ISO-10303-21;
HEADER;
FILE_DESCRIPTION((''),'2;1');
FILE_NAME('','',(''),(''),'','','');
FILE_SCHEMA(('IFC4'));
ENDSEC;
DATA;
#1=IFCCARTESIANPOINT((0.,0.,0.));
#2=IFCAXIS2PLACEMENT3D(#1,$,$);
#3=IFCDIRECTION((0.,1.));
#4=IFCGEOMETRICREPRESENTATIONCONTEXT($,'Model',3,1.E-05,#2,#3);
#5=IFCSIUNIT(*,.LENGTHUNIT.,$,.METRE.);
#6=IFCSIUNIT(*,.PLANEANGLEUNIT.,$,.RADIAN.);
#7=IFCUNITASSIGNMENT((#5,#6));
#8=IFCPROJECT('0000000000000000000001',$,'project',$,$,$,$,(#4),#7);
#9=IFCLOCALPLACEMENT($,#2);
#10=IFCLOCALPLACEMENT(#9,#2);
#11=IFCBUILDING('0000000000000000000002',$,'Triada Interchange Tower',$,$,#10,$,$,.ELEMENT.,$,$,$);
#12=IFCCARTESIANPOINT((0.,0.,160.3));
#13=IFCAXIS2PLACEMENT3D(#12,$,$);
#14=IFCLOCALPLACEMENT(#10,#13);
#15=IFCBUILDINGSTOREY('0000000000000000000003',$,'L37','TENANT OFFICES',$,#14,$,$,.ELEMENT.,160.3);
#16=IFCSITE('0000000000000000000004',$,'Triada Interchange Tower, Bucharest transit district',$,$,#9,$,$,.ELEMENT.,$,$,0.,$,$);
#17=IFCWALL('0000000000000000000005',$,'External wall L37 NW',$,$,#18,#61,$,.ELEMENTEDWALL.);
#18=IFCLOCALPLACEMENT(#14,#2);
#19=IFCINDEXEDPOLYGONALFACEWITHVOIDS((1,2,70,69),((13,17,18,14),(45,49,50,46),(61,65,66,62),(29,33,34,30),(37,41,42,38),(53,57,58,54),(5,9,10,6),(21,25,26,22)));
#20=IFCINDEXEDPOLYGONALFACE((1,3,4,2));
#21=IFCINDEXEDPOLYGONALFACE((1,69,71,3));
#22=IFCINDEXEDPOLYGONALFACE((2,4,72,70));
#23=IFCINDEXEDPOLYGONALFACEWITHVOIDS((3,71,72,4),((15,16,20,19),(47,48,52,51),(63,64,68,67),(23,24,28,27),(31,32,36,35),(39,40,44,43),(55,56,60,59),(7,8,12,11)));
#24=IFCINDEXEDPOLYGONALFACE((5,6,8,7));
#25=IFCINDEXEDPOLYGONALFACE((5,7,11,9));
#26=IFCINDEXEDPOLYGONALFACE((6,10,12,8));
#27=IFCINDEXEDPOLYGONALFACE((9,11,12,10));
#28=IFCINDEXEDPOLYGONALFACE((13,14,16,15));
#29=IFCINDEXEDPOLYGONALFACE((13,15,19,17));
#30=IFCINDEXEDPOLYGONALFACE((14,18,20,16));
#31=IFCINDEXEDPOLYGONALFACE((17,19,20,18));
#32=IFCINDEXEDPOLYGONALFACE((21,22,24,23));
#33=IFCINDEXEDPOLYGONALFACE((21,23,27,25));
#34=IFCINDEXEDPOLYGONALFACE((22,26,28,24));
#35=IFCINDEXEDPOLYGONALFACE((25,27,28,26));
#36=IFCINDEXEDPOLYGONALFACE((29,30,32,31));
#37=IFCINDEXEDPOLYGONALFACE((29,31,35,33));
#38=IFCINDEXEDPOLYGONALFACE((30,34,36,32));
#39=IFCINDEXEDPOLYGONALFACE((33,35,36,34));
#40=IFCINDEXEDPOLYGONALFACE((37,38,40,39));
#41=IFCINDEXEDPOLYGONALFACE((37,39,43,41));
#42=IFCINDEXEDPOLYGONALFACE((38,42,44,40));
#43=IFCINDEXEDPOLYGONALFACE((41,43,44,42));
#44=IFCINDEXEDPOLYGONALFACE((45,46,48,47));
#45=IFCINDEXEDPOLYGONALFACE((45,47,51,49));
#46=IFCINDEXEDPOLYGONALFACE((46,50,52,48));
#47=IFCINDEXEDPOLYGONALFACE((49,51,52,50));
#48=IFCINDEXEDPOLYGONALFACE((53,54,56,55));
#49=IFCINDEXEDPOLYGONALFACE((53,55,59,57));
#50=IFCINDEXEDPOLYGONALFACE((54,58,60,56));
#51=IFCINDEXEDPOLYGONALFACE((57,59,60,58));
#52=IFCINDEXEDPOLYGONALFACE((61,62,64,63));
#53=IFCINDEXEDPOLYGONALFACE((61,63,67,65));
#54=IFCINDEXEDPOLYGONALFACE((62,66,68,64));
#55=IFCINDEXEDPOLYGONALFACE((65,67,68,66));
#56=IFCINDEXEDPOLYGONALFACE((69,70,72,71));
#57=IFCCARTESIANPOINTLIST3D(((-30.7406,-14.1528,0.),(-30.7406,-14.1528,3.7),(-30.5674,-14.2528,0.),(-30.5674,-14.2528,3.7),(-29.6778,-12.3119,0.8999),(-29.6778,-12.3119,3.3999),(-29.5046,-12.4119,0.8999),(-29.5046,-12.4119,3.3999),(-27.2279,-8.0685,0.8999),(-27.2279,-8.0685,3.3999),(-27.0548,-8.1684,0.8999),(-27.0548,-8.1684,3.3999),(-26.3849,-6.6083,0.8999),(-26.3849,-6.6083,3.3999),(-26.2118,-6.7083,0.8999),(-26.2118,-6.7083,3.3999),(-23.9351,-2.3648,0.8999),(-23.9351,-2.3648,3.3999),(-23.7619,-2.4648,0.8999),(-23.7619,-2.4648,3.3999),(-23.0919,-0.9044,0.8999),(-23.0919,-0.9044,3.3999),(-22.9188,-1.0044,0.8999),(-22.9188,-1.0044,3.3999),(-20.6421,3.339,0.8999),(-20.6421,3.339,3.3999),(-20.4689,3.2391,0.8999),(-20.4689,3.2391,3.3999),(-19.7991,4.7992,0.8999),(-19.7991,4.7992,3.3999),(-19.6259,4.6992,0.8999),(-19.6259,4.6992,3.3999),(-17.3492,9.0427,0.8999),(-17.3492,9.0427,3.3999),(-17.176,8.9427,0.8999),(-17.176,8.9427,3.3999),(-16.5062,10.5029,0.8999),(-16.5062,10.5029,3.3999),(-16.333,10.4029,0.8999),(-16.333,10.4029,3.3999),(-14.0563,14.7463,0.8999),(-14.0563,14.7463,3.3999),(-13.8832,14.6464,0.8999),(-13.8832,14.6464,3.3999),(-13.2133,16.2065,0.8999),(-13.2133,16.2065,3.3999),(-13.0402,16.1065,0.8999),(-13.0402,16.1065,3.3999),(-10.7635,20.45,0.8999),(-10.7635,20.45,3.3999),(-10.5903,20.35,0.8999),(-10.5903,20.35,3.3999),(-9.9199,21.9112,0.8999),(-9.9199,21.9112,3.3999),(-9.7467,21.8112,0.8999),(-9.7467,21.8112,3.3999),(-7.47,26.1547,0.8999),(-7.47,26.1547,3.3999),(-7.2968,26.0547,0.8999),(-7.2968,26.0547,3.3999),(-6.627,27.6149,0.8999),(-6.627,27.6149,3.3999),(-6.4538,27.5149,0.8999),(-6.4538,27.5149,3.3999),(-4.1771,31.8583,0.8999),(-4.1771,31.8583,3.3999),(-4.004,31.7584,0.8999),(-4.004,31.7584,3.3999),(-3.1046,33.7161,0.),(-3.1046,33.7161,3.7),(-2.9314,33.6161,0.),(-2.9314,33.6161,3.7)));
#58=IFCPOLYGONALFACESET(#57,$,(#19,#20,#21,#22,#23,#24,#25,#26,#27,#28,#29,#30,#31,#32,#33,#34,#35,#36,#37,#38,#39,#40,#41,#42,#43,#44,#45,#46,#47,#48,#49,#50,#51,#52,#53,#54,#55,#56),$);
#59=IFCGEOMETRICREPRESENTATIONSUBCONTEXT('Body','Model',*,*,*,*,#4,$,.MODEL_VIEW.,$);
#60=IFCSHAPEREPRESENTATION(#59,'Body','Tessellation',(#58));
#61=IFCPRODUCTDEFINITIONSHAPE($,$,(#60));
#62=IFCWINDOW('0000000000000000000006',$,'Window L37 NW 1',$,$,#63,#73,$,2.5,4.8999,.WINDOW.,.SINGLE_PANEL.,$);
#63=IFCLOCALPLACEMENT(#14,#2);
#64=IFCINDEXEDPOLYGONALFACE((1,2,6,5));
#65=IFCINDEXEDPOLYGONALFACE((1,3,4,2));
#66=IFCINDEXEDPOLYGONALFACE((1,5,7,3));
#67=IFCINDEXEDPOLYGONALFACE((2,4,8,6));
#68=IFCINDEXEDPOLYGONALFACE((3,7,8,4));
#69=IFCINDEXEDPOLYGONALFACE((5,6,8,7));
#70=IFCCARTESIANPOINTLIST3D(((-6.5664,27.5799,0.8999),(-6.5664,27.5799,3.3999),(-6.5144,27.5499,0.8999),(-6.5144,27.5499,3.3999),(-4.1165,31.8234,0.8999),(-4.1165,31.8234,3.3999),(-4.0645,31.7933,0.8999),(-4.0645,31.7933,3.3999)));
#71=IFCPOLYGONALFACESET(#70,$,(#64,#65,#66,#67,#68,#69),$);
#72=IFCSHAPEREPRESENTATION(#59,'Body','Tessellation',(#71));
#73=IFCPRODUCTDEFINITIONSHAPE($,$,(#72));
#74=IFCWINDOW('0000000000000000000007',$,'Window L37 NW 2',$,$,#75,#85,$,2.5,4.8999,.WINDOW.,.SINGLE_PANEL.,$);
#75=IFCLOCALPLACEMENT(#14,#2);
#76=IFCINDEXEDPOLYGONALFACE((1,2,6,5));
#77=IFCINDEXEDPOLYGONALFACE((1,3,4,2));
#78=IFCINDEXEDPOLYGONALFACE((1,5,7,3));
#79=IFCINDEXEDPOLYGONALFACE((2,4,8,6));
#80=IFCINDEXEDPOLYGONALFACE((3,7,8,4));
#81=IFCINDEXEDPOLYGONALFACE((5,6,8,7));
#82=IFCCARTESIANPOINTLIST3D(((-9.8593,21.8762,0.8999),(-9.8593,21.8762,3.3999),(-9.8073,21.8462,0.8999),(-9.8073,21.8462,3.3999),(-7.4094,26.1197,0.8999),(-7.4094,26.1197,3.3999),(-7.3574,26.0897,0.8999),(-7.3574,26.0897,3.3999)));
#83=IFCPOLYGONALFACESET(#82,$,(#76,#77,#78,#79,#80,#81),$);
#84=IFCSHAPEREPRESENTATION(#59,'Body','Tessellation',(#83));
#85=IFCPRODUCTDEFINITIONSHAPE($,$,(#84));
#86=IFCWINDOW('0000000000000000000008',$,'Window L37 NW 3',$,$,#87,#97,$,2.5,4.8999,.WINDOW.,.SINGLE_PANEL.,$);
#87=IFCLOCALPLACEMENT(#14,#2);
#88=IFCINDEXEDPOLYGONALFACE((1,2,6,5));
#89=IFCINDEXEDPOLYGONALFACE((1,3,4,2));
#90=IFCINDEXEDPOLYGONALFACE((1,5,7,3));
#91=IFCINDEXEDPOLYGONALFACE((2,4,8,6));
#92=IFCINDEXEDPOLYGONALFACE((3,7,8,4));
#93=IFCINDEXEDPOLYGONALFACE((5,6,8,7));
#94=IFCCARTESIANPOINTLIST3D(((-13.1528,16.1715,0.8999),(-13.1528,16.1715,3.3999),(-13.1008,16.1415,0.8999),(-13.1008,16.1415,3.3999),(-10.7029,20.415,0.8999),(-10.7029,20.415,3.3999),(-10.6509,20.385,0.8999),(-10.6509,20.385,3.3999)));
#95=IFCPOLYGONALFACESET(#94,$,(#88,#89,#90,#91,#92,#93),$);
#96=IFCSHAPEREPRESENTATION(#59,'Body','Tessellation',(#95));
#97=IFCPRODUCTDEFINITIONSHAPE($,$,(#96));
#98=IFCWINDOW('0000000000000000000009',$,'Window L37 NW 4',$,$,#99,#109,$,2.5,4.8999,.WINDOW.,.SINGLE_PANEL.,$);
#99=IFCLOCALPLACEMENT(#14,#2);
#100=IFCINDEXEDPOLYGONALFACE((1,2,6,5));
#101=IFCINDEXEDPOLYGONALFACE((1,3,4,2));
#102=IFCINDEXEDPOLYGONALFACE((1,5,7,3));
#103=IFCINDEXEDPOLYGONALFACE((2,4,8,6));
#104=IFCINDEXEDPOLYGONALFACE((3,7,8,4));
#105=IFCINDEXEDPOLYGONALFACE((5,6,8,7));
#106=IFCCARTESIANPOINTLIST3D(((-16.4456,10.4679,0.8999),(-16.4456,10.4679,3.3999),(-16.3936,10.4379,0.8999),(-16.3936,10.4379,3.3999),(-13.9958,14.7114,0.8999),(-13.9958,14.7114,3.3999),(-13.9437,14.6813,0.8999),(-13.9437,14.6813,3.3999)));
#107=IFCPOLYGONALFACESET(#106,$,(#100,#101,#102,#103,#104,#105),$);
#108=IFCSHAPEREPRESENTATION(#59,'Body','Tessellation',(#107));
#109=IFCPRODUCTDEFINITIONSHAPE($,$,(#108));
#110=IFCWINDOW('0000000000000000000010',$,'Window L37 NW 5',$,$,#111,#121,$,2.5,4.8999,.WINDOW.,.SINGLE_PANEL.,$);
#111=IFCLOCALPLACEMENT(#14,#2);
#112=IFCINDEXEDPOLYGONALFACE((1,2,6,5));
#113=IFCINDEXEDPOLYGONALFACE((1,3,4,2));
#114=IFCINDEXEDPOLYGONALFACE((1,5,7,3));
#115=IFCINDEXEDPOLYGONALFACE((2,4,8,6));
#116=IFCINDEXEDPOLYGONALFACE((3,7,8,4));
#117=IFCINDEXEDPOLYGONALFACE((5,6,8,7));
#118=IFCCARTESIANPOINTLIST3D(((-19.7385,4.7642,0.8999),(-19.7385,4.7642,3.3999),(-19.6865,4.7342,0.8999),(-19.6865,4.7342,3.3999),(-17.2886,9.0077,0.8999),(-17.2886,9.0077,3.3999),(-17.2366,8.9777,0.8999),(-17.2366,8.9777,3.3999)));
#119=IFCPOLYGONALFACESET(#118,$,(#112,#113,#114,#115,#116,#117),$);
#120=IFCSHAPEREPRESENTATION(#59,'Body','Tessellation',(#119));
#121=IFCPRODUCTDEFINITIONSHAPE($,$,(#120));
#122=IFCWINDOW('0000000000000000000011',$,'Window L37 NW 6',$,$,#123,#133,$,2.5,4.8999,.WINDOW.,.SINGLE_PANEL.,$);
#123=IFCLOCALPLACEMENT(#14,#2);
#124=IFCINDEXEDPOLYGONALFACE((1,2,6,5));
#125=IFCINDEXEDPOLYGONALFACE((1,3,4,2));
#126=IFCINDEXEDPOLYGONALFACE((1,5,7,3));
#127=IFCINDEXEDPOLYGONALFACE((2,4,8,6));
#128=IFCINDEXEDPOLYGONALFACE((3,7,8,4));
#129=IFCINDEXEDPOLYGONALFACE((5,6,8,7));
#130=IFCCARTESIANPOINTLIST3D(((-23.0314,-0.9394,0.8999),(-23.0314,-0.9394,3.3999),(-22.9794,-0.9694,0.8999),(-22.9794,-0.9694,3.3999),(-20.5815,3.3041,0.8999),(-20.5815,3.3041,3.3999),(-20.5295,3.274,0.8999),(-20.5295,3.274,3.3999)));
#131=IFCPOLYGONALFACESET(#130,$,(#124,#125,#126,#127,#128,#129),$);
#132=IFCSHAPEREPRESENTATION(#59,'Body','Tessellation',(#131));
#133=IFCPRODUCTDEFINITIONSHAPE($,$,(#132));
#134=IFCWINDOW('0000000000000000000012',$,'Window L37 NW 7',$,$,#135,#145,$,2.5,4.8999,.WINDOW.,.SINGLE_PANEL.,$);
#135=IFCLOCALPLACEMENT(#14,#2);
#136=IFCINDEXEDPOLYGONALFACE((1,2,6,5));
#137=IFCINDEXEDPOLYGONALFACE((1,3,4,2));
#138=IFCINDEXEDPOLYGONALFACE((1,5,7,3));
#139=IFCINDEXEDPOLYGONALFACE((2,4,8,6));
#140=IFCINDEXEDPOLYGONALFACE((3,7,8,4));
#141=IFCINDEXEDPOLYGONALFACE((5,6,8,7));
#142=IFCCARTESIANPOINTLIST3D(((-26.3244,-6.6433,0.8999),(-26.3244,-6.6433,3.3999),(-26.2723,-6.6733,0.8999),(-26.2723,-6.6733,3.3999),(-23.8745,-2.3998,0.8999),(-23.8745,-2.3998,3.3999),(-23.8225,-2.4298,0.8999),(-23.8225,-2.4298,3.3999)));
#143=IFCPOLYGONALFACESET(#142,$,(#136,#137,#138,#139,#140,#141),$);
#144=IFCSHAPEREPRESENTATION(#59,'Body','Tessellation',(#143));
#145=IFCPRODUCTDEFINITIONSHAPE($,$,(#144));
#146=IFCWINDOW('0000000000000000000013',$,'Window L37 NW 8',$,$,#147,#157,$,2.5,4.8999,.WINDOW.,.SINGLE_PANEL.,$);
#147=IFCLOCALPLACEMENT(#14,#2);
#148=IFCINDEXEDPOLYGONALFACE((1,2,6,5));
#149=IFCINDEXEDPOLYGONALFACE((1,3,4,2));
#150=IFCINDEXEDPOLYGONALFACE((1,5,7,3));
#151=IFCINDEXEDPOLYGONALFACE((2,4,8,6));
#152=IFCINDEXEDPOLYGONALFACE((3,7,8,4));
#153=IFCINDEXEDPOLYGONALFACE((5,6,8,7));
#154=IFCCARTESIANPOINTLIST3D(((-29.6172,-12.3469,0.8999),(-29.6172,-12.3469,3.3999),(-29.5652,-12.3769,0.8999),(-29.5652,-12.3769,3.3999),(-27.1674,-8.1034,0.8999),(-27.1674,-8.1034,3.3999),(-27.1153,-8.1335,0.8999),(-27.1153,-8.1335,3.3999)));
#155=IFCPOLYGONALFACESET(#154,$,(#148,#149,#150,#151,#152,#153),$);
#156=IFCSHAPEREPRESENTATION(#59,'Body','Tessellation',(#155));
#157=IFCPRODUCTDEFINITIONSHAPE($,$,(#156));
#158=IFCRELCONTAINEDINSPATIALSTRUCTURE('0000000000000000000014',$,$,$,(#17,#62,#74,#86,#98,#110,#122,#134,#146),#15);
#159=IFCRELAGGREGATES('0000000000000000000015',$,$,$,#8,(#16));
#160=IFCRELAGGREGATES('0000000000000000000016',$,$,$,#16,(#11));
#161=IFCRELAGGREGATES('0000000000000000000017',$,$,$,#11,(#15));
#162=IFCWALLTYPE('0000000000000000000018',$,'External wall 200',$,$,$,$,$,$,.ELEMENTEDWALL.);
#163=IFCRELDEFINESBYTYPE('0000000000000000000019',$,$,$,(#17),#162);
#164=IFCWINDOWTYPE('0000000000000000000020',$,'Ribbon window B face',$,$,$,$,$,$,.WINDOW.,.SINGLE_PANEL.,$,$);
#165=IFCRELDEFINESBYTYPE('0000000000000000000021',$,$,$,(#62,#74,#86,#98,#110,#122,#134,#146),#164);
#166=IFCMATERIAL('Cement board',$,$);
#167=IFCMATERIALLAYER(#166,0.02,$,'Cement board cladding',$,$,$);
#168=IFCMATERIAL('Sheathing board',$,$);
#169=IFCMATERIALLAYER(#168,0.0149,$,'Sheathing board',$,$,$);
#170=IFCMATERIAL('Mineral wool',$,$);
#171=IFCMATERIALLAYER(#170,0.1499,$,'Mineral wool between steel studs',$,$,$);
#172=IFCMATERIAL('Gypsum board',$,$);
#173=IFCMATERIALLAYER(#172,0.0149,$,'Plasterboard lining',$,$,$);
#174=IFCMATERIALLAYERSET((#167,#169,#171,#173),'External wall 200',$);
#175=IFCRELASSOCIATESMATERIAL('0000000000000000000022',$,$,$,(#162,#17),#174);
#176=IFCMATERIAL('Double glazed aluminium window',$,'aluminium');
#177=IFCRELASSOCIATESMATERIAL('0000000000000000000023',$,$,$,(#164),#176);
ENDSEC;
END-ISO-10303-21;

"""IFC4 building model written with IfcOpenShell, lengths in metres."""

from ifc_helpers import new_model, si_unit, direction, frame, frame_2d, origin, place, context, subcontext, project, spatial, rectangle, extrude, material, layer, layer_set, layer_usage, type_object, element, fill, save


model = new_model("IFC4")

# Units and contexts
model_context = context("Model", 3, precision=1e-05, world=origin(), true_north=direction((0.0, 1.0)))
body_context = subcontext(model_context, "Body", "Model", "MODEL_VIEW")
ifc_project = project(units=[si_unit("LENGTHUNIT", "METRE"), si_unit("PLANEANGLEUNIT", "RADIAN")], contexts=[model_context])

# Site, building, storey
site_placement = place(None, origin())
site = spatial("IfcSite", under=ifc_project, at=site_placement, Name="Triada Interchange Tower, Bucharest transit district", CompositionType="ELEMENT", RefElevation=0.0)
building_placement = place(site_placement, origin())
building = spatial("IfcBuilding", under=site, at=building_placement, Name="Triada Interchange Tower", CompositionType="ELEMENT")
storey_placement = place(building_placement, frame((0.0, 0.0, 160.3)))
storey = spatial("IfcBuildingStorey", under=building, at=storey_placement, Name="L37", Description="TENANT OFFICES", CompositionType="ELEMENT", Elevation=160.3)

# Wall, openings, windows
ifc_material_1 = material(Name="Cement board")
ifc_layer_1 = layer(ifc_material_1, 0.02, Name="Cement board cladding")
ifc_material_2 = material(Name="Sheathing board")
ifc_layer_2 = layer(ifc_material_2, 0.0149, Name="Sheathing board")
ifc_material_3 = material(Name="Mineral wool")
ifc_layer_3 = layer(ifc_material_3, 0.1499, Name="Mineral wool between steel studs")
ifc_material_4 = material(Name="Gypsum board")
ifc_layer_4 = layer(ifc_material_4, 0.0149, Name="Plasterboard lining")
ifc_layer_set_1 = layer_set([ifc_layer_1, ifc_layer_2, ifc_layer_3, ifc_layer_4], Name="External wall 200")
ifc_layer_usage = layer_usage(ifc_layer_set_1, "AXIS2", "POSITIVE", -0.1001)
wall_type_1 = type_object("IfcWallType", Name="External wall 200", PredefinedType="ELEMENTEDWALL", material=ifc_layer_set_1)
wall_1_placement = place(storey_placement, frame((-3.0181, 33.666, 0.0), z_axis=(0.0, 0.0, 1.0), x_axis=(-0.499985, -0.866034, 0.0)))
wall_1 = element("IfcWall", 1, at=wall_1_placement, inside=storey, type_object=wall_type_1, material=ifc_layer_usage, Name="External wall L37 NW", PredefinedType="ELEMENTEDWALL", context=body_context, shape_type="SweptSolid", body=[
    extrude(rectangle(XDim=55.2737, YDim=0.2, at=frame_2d((27.6367, 0.0))), origin(), (0.0, 0.0, 1.0), 3.7),
])
opening_1_placement = place(wall_1_placement, frame((2.145, 0.0, 0.8999)))
opening_1 = element("IfcOpeningElement", 2, at=opening_1_placement, cuts=wall_1, PredefinedType="OPENING", context=body_context, shape_type="SweptSolid", body=[
    extrude(rectangle(XDim=4.8999, YDim=2.5, at=frame_2d((2.45, 1.25))), frame((0.0, 0.1099, 0.0), z_axis=(0.0, -1.0, 0.0), x_axis=(1.0, 0.0, 0.0)), (0.0, 0.0, 1.0), 0.22),
])
opening_2_placement = place(wall_1_placement, frame((8.731, 0.0, 0.8999)))
opening_2 = element("IfcOpeningElement", 3, at=opening_2_placement, cuts=wall_1, PredefinedType="OPENING", context=body_context, shape_type="SweptSolid", body=[
    extrude(rectangle(XDim=4.8999, YDim=2.5, at=frame_2d((2.45, 1.25))), frame((0.0, 0.1099, 0.0), z_axis=(0.0, -1.0, 0.0), x_axis=(1.0, 0.0, 0.0)), (0.0, 0.0, 1.0), 0.22),
])
opening_3_placement = place(wall_1_placement, frame((15.3181, 0.0, 0.8999)))
opening_3 = element("IfcOpeningElement", 4, at=opening_3_placement, cuts=wall_1, PredefinedType="OPENING", context=body_context, shape_type="SweptSolid", body=[
    extrude(rectangle(XDim=4.8999, YDim=2.5, at=frame_2d((2.45, 1.25))), frame((0.0, 0.1099, 0.0), z_axis=(0.0, -1.0, 0.0), x_axis=(1.0, 0.0, 0.0)), (0.0, 0.0, 1.0), 0.22),
])
opening_4_placement = place(wall_1_placement, frame((21.9041, 0.0, 0.8999)))
opening_4 = element("IfcOpeningElement", 5, at=opening_4_placement, cuts=wall_1, PredefinedType="OPENING", context=body_context, shape_type="SweptSolid", body=[
    extrude(rectangle(XDim=4.8999, YDim=2.5, at=frame_2d((2.45, 1.25))), frame((0.0, 0.1099, 0.0), z_axis=(0.0, -1.0, 0.0), x_axis=(1.0, 0.0, 0.0)), (0.0, 0.0, 1.0), 0.22),
])
opening_5_placement = place(wall_1_placement, frame((28.49, 0.0, 0.8999)))
opening_5 = element("IfcOpeningElement", 6, at=opening_5_placement, cuts=wall_1, PredefinedType="OPENING", context=body_context, shape_type="SweptSolid", body=[
    extrude(rectangle(XDim=4.8999, YDim=2.5, at=frame_2d((2.45, 1.25))), frame((0.0, 0.1099, 0.0), z_axis=(0.0, -1.0, 0.0), x_axis=(1.0, 0.0, 0.0)), (0.0, 0.0, 1.0), 0.22),
])
opening_6_placement = place(wall_1_placement, frame((35.0759, 0.0, 0.8999)))
opening_6 = element("IfcOpeningElement", 7, at=opening_6_placement, cuts=wall_1, PredefinedType="OPENING", context=body_context, shape_type="SweptSolid", body=[
    extrude(rectangle(XDim=4.8999, YDim=2.5, at=frame_2d((2.45, 1.25))), frame((0.0, 0.1099, 0.0), z_axis=(0.0, -1.0, 0.0), x_axis=(1.0, 0.0, 0.0)), (0.0, 0.0, 1.0), 0.22),
])
opening_7_placement = place(wall_1_placement, frame((41.6621, 0.0, 0.8999)))
opening_7 = element("IfcOpeningElement", 8, at=opening_7_placement, cuts=wall_1, PredefinedType="OPENING", context=body_context, shape_type="SweptSolid", body=[
    extrude(rectangle(XDim=4.8999, YDim=2.5, at=frame_2d((2.45, 1.25))), frame((0.0, 0.1099, 0.0), z_axis=(0.0, -1.0, 0.0), x_axis=(1.0, 0.0, 0.0)), (0.0, 0.0, 1.0), 0.22),
])
opening_8_placement = place(wall_1_placement, frame((48.248, 0.0, 0.8999)))
opening_8 = element("IfcOpeningElement", 9, at=opening_8_placement, cuts=wall_1, PredefinedType="OPENING", context=body_context, shape_type="SweptSolid", body=[
    extrude(rectangle(XDim=4.8999, YDim=2.5, at=frame_2d((2.45, 1.25))), frame((0.0, 0.1099, 0.0), z_axis=(0.0, -1.0, 0.0), x_axis=(1.0, 0.0, 0.0)), (0.0, 0.0, 1.0), 0.22),
])
ifc_material_5 = material(Name="Double glazed aluminium window", Category="aluminium")
window_type = type_object("IfcWindowType", Name="Ribbon window B face", PartitioningType="SINGLE_PANEL", PredefinedType="WINDOW", material=ifc_material_5)
window_1_placement = place(opening_1_placement, origin())
window_1 = element("IfcWindow", 10, at=window_1_placement, inside=storey, type_object=window_type, Name="Window L37 NW 1", OverallHeight=2.5, OverallWidth=4.8999, PartitioningType="SINGLE_PANEL", PredefinedType="WINDOW", context=body_context, shape_type="SweptSolid", body=[
    extrude(rectangle(XDim=4.8999, YDim=2.5, at=frame_2d((2.45, 1.25))), frame((0.0, 0.03, 0.0), z_axis=(0.0, -1.0, 0.0), x_axis=(1.0, 0.0, 0.0)), (0.0, 0.0, 1.0), 0.0601),
])
fill(opening_1, window_1)
window_2_placement = place(opening_2_placement, origin())
window_2 = element("IfcWindow", 11, at=window_2_placement, inside=storey, type_object=window_type, Name="Window L37 NW 2", OverallHeight=2.5, OverallWidth=4.8999, PartitioningType="SINGLE_PANEL", PredefinedType="WINDOW", context=body_context, shape_type="SweptSolid", body=[
    extrude(rectangle(XDim=4.8999, YDim=2.5, at=frame_2d((2.45, 1.25))), frame((0.0, 0.03, 0.0), z_axis=(0.0, -1.0, 0.0), x_axis=(1.0, 0.0, 0.0)), (0.0, 0.0, 1.0), 0.0601),
])
fill(opening_2, window_2)
window_3_placement = place(opening_3_placement, origin())
window_3 = element("IfcWindow", 12, at=window_3_placement, inside=storey, type_object=window_type, Name="Window L37 NW 3", OverallHeight=2.5, OverallWidth=4.8999, PartitioningType="SINGLE_PANEL", PredefinedType="WINDOW", context=body_context, shape_type="SweptSolid", body=[
    extrude(rectangle(XDim=4.8999, YDim=2.5, at=frame_2d((2.45, 1.25))), frame((0.0, 0.03, 0.0), z_axis=(0.0, -1.0, 0.0), x_axis=(1.0, 0.0, 0.0)), (0.0, 0.0, 1.0), 0.0601),
])
fill(opening_3, window_3)
window_4_placement = place(opening_4_placement, origin())
window_4 = element("IfcWindow", 13, at=window_4_placement, inside=storey, type_object=window_type, Name="Window L37 NW 4", OverallHeight=2.5, OverallWidth=4.8999, PartitioningType="SINGLE_PANEL", PredefinedType="WINDOW", context=body_context, shape_type="SweptSolid", body=[
    extrude(rectangle(XDim=4.8999, YDim=2.5, at=frame_2d((2.45, 1.25))), frame((0.0, 0.03, 0.0), z_axis=(0.0, -1.0, 0.0), x_axis=(1.0, 0.0, 0.0)), (0.0, 0.0, 1.0), 0.0601),
])
fill(opening_4, window_4)
window_5_placement = place(opening_5_placement, origin())
window_5 = element("IfcWindow", 14, at=window_5_placement, inside=storey, type_object=window_type, Name="Window L37 NW 5", OverallHeight=2.5, OverallWidth=4.8999, PartitioningType="SINGLE_PANEL", PredefinedType="WINDOW", context=body_context, shape_type="SweptSolid", body=[
    extrude(rectangle(XDim=4.8999, YDim=2.5, at=frame_2d((2.45, 1.25))), frame((0.0, 0.03, 0.0), z_axis=(0.0, -1.0, 0.0), x_axis=(1.0, 0.0, 0.0)), (0.0, 0.0, 1.0), 0.0601),
])
fill(opening_5, window_5)
window_6_placement = place(opening_6_placement, origin())
window_6 = element("IfcWindow", 15, at=window_6_placement, inside=storey, type_object=window_type, Name="Window L37 NW 6", OverallHeight=2.5, OverallWidth=4.8999, PartitioningType="SINGLE_PANEL", PredefinedType="WINDOW", context=body_context, shape_type="SweptSolid", body=[
    extrude(rectangle(XDim=4.8999, YDim=2.5, at=frame_2d((2.45, 1.25))), frame((0.0, 0.03, 0.0), z_axis=(0.0, -1.0, 0.0), x_axis=(1.0, 0.0, 0.0)), (0.0, 0.0, 1.0), 0.0601),
])
fill(opening_6, window_6)
window_7_placement = place(opening_7_placement, origin())
window_7 = element("IfcWindow", 16, at=window_7_placement, inside=storey, type_object=window_type, Name="Window L37 NW 7", OverallHeight=2.5, OverallWidth=4.8999, PartitioningType="SINGLE_PANEL", PredefinedType="WINDOW", context=body_context, shape_type="SweptSolid", body=[
    extrude(rectangle(XDim=4.8999, YDim=2.5, at=frame_2d((2.45, 1.25))), frame((0.0, 0.03, 0.0), z_axis=(0.0, -1.0, 0.0), x_axis=(1.0, 0.0, 0.0)), (0.0, 0.0, 1.0), 0.0601),
])
fill(opening_7, window_7)
window_8_placement = place(opening_8_placement, origin())
window_8 = element("IfcWindow", 17, at=window_8_placement, inside=storey, type_object=window_type, Name="Window L37 NW 8", OverallHeight=2.5, OverallWidth=4.8999, PartitioningType="SINGLE_PANEL", PredefinedType="WINDOW", context=body_context, shape_type="SweptSolid", body=[
    extrude(rectangle(XDim=4.8999, YDim=2.5, at=frame_2d((2.45, 1.25))), frame((0.0, 0.03, 0.0), z_axis=(0.0, -1.0, 0.0), x_axis=(1.0, 0.0, 0.0)), (0.0, 0.0, 1.0), 0.0601),
])
fill(opening_8, window_8)

save(model, "model.ifc")
